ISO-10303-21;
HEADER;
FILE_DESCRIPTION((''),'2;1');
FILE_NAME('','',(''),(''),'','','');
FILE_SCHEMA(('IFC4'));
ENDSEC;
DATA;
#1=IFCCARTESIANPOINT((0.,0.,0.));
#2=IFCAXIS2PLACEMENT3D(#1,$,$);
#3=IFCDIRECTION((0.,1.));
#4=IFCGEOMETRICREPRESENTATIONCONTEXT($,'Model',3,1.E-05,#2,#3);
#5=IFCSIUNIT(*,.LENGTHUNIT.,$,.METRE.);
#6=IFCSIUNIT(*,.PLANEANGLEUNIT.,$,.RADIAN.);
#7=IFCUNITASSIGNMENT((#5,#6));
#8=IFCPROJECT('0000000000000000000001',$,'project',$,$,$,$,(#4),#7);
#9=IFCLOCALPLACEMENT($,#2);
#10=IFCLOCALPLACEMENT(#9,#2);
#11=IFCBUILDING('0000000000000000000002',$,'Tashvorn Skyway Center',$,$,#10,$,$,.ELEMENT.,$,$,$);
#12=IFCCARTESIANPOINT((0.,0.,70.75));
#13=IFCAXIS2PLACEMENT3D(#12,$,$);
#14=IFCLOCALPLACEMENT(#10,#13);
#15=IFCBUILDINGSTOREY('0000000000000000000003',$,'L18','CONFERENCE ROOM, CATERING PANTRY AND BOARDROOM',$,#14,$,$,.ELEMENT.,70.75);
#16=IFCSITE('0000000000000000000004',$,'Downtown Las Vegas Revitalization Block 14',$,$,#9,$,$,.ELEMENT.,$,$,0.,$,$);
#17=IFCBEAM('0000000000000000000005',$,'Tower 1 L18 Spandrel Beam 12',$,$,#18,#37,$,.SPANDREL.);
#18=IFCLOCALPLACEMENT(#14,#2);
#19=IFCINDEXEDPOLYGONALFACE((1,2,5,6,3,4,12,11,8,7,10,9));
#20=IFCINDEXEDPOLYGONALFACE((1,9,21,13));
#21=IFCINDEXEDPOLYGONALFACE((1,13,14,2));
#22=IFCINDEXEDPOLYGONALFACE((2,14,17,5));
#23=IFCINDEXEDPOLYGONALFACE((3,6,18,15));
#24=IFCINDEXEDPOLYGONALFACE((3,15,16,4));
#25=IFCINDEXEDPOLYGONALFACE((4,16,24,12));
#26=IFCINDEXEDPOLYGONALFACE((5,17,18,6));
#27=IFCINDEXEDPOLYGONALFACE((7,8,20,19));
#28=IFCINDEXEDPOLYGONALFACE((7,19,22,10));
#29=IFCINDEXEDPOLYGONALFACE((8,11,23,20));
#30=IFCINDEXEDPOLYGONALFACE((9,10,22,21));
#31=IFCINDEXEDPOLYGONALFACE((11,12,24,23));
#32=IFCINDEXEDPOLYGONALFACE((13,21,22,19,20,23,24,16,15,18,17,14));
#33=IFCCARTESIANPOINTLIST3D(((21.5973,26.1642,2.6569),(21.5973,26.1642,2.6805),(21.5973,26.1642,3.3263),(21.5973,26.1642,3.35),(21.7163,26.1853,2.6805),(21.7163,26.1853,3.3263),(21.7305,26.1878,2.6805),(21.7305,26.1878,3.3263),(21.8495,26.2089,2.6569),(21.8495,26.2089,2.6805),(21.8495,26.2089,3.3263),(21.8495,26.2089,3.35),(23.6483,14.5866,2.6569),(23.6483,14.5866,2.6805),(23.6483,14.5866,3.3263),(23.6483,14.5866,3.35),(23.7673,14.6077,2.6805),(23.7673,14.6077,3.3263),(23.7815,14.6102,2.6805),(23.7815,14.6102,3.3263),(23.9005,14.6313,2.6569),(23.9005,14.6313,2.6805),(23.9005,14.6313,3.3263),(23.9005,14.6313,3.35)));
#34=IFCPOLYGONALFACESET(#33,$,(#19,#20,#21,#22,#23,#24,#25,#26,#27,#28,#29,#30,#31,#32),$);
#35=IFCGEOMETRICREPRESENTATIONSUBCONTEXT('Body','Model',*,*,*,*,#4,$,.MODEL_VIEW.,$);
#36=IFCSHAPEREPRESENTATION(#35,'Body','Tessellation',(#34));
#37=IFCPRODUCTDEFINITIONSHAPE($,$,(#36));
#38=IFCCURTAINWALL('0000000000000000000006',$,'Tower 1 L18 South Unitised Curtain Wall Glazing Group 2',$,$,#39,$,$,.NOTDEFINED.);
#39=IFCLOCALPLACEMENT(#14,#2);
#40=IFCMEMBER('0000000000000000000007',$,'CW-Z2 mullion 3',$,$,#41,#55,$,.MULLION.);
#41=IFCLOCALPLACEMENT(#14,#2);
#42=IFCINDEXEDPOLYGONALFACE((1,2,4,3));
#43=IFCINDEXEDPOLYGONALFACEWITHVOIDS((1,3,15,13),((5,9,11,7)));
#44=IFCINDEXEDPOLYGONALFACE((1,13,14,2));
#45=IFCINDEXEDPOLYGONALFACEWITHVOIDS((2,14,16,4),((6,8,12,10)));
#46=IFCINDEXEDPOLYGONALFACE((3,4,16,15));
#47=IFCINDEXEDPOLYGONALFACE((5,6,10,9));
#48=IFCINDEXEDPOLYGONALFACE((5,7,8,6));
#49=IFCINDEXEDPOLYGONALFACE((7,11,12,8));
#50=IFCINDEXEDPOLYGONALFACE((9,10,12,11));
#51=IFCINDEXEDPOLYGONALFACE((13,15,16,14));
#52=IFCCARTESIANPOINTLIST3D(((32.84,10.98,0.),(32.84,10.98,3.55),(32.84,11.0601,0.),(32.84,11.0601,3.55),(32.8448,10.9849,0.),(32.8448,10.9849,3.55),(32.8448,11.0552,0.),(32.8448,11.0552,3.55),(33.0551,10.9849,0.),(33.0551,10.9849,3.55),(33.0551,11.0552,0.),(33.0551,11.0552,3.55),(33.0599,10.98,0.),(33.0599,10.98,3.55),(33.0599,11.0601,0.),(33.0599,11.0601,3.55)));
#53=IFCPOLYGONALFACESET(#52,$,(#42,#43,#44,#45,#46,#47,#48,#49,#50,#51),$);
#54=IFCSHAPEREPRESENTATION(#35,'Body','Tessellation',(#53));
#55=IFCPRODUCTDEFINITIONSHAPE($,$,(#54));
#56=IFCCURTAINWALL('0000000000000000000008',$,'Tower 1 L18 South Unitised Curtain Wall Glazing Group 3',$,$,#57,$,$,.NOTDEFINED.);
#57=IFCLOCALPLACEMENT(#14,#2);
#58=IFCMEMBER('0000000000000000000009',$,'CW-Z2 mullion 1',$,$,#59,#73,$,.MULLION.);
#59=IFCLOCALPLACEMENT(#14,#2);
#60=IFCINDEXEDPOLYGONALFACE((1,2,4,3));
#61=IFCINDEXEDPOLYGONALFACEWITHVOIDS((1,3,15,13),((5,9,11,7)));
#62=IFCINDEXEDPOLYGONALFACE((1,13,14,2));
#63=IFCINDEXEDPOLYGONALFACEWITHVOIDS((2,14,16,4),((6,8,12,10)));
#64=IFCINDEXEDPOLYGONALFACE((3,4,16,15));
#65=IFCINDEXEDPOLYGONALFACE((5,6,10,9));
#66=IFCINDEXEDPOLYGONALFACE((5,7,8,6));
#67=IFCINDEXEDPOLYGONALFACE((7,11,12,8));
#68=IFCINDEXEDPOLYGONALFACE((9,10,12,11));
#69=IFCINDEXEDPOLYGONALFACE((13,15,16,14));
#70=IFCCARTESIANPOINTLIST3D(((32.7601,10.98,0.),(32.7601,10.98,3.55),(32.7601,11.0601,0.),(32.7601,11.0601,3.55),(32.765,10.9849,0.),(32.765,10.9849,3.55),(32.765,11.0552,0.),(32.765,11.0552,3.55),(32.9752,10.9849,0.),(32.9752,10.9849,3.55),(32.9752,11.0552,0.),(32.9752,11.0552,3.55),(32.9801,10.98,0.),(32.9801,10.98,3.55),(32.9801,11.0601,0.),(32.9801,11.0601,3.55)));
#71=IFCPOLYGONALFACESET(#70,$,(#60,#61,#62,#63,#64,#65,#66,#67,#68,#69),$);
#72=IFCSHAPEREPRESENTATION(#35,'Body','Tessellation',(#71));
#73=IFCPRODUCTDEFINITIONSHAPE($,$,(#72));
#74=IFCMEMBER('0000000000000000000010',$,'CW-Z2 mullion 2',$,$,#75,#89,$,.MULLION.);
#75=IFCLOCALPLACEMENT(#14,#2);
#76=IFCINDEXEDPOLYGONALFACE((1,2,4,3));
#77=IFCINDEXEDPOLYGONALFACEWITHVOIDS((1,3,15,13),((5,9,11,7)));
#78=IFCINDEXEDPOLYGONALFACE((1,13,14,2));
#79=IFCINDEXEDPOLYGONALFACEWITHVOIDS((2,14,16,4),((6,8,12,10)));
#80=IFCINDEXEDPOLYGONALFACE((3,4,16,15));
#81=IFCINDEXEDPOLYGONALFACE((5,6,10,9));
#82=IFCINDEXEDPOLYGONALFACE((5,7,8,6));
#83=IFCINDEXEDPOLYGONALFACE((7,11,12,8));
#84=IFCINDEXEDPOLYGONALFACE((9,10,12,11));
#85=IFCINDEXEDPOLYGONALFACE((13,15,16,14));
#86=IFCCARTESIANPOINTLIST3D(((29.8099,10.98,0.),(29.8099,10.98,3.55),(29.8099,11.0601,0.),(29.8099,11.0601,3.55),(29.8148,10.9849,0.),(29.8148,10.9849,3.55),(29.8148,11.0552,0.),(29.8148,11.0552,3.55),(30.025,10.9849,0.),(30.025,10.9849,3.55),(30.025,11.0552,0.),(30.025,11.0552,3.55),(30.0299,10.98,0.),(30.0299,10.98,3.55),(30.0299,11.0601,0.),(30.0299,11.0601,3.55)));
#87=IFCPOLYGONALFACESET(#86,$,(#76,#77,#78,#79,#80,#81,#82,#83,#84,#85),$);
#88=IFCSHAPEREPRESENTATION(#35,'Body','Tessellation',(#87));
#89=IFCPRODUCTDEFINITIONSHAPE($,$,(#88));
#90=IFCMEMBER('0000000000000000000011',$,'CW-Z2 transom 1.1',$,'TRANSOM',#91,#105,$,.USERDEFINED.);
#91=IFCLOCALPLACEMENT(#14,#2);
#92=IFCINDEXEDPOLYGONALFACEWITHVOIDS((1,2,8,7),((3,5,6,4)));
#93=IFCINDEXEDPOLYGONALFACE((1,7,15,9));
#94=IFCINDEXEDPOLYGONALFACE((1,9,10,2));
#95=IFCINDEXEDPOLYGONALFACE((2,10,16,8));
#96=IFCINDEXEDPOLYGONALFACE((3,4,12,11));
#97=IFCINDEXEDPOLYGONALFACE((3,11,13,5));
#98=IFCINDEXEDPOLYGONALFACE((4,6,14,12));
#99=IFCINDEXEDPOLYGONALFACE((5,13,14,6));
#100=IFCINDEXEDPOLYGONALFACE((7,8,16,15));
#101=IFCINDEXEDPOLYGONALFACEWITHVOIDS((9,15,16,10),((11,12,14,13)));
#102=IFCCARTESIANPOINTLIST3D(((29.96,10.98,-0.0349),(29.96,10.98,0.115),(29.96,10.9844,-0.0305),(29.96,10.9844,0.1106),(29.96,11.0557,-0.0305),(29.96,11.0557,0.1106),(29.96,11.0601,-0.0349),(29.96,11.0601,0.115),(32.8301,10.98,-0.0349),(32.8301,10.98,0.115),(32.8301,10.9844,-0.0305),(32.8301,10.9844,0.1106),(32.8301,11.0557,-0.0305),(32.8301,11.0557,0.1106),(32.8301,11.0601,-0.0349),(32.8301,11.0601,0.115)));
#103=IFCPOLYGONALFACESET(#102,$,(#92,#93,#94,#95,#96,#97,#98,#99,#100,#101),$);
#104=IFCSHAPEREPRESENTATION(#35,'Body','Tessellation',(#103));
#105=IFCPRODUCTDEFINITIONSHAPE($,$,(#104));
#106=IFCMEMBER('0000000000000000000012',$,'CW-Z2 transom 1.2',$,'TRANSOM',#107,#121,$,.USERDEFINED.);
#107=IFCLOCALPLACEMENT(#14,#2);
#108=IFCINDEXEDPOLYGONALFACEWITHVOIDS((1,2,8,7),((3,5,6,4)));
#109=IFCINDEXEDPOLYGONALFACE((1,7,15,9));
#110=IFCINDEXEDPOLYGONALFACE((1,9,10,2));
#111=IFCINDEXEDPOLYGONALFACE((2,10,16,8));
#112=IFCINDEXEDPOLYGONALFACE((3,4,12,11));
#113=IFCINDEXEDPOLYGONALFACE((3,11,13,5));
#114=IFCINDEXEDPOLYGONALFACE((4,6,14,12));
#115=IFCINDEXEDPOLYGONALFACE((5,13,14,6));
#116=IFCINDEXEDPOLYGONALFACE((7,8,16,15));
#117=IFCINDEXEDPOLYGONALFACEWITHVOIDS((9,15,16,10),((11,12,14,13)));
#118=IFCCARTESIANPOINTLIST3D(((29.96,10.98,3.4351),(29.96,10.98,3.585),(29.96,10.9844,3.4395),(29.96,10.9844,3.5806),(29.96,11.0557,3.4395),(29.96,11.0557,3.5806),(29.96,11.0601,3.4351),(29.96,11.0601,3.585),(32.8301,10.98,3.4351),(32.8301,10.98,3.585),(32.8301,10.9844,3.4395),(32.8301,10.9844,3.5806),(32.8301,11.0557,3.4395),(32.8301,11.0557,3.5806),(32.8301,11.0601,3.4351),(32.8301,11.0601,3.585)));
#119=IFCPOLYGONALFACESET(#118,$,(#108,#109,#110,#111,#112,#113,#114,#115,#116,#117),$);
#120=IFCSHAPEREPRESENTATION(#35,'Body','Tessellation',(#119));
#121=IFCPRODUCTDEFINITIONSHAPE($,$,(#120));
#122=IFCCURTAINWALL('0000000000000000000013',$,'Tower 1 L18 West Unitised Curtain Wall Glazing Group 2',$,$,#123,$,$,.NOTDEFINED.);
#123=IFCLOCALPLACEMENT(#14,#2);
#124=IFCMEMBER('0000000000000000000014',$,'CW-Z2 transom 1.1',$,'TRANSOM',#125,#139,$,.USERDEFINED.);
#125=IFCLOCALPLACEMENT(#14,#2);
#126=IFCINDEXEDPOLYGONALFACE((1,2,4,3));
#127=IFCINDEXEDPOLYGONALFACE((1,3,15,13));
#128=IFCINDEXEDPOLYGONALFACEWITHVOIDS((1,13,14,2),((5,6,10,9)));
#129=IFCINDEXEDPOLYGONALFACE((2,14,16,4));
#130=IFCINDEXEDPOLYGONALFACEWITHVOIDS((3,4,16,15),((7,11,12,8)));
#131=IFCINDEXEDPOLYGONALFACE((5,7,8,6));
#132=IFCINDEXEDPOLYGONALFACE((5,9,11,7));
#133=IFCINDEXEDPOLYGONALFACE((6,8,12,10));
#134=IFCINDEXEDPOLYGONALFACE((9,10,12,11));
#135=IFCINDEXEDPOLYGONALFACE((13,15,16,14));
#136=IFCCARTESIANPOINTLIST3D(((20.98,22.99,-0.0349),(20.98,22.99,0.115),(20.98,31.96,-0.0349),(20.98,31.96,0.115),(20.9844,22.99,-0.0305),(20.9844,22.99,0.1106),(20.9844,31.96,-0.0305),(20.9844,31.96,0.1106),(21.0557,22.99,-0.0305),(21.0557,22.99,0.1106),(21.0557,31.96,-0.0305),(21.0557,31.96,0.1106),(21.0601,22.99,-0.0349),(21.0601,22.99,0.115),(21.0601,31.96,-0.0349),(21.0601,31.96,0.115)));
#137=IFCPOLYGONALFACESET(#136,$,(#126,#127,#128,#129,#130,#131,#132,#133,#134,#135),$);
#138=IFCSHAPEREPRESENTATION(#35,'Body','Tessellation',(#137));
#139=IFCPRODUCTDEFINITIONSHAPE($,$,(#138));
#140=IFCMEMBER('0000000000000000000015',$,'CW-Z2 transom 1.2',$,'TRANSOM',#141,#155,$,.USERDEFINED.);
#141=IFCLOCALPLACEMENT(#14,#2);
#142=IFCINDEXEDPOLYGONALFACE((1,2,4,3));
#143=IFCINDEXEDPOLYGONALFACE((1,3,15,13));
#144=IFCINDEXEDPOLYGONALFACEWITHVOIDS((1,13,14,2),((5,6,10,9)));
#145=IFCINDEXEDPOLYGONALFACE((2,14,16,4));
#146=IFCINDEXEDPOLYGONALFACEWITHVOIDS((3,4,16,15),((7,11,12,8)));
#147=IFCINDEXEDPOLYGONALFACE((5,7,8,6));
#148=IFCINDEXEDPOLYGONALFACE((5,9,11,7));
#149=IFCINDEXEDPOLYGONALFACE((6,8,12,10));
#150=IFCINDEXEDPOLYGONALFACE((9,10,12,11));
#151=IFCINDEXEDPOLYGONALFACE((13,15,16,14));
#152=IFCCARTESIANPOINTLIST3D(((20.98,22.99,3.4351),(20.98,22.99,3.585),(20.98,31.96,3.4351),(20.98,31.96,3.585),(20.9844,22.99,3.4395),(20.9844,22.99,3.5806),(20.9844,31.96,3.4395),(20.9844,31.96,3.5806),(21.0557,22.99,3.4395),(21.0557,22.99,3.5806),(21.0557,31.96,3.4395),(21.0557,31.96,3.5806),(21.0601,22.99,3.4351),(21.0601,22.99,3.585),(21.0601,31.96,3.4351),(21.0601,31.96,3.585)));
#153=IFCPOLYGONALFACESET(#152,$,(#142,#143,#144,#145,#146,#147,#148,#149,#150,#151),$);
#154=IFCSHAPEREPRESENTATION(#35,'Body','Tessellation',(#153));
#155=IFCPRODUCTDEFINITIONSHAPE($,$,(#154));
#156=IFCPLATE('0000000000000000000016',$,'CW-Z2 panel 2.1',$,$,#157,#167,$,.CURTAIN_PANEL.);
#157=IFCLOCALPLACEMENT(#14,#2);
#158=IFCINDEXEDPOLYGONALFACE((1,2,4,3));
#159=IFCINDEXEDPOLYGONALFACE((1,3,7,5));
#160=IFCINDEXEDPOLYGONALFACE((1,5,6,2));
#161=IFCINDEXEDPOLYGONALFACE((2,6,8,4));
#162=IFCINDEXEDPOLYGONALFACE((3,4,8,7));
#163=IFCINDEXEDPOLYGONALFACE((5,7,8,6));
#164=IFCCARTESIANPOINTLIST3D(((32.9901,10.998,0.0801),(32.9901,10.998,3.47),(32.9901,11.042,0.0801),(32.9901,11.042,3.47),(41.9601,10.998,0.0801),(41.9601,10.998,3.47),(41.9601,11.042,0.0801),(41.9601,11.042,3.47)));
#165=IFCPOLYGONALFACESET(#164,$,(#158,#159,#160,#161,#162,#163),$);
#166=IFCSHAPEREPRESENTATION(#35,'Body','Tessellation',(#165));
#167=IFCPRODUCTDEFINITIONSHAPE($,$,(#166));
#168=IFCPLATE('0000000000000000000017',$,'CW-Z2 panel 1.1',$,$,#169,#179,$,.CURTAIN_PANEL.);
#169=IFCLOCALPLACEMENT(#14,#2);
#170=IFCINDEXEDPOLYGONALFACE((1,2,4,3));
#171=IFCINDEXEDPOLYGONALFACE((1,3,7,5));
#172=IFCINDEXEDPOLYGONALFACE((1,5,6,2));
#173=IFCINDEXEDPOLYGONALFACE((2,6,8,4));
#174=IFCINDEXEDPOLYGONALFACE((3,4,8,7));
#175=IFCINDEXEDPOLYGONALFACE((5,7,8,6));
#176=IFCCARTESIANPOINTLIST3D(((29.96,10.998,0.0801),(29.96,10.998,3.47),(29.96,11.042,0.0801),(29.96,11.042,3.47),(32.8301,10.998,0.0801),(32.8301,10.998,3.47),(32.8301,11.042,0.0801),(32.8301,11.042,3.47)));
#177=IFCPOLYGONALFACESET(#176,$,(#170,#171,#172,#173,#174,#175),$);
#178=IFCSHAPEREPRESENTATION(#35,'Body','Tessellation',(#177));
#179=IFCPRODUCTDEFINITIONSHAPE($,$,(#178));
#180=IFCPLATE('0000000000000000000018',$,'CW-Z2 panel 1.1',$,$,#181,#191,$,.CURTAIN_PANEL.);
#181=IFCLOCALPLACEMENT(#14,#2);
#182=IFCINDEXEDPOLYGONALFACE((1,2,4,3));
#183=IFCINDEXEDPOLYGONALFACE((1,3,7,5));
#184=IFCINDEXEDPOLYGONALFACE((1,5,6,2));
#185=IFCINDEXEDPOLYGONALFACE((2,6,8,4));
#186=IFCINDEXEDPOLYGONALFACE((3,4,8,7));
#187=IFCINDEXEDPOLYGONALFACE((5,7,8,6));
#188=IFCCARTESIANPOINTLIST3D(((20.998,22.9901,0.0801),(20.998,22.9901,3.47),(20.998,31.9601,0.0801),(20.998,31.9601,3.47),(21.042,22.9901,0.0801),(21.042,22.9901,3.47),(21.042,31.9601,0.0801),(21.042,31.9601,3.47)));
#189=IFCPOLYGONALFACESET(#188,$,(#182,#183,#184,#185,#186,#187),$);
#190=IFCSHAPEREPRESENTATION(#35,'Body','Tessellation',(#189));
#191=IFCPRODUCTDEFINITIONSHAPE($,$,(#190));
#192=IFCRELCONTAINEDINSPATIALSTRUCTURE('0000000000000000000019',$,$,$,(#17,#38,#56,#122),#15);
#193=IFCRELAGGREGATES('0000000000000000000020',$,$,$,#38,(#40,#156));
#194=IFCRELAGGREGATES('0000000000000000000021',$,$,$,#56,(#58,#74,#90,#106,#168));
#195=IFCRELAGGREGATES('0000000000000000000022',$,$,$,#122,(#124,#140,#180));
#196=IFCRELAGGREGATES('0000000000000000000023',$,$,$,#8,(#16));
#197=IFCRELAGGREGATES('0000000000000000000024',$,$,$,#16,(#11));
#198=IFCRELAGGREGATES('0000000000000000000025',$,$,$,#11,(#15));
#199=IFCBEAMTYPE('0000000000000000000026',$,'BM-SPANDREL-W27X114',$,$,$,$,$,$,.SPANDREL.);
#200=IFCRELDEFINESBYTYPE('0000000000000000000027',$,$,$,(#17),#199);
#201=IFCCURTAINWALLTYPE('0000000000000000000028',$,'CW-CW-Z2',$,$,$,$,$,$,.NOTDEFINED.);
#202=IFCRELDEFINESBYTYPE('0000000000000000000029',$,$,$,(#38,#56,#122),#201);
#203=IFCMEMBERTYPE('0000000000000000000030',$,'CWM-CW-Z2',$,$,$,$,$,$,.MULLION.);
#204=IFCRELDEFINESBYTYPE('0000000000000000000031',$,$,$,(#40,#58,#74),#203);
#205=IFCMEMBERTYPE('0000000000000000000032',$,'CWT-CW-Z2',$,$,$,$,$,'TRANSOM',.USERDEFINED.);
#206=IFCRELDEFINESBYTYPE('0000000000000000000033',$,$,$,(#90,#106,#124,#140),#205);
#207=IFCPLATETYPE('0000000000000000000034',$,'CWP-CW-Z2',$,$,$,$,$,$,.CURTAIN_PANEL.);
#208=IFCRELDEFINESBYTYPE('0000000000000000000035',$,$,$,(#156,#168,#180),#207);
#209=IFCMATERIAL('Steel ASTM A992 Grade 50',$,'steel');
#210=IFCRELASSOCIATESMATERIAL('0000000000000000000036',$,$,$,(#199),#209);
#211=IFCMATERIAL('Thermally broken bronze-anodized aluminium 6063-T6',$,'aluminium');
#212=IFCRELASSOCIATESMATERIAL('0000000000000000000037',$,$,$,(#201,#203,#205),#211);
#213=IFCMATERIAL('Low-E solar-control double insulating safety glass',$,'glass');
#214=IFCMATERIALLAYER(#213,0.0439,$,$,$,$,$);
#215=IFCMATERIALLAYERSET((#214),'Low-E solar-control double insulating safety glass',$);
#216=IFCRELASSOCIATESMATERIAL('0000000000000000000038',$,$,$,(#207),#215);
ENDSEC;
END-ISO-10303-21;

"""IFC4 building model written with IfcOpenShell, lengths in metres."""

from ifc_helpers import new_model, si_unit, direction, frame, origin, origin_2d, place, context, subcontext, project, spatial, rectangle, hollow_rectangle, i_section, extrude, material, layer, layer_set, material_profile, profile_set, type_object, element, aggregate, save


model = new_model("IFC4")

# Units and contexts
model_context = context("Model", 3, precision=1e-05, world=origin(), true_north=direction((0.0, 1.0)))
body_context = subcontext(model_context, "Body", "Model", "MODEL_VIEW")
ifc_project = project(units=[si_unit("LENGTHUNIT", "METRE"), si_unit("PLANEANGLEUNIT", "RADIAN")], contexts=[model_context])

# Site, building, storey
site_placement = place(None, origin())
site = spatial("IfcSite", under=ifc_project, at=site_placement, Name="Downtown Las Vegas Revitalization Block 14", CompositionType="ELEMENT", RefElevation=0.0)
building_placement = place(site_placement, origin())
building = spatial("IfcBuilding", under=site, at=building_placement, Name="Tashvorn Skyway Center", CompositionType="ELEMENT")
storey_placement = place(building_placement, frame((0.0, 0.0, 70.75)))
storey = spatial("IfcBuildingStorey", under=building, at=storey_placement, Name="L18", Description="CONFERENCE ROOM, CATERING PANTRY AND BOARDROOM", CompositionType="ELEMENT", Elevation=70.75)

# Beam
ifc_material_1 = material(Name="Steel ASTM A992 Grade 50", Category="steel")
ifc_material_profile_1 = material_profile(ifc_material_1, i_section(OverallWidth=0.2561, OverallDepth=0.6931, WebThickness=0.0144, FlangeThickness=0.0237, at=origin_2d()), Name="W27X114")
ifc_profile_set_1 = profile_set([ifc_material_profile_1], Name="Steel ASTM A992 Grade 50")
beam_type_1 = type_object("IfcBeamType", Name="BM-SPANDREL-W27X114", PredefinedType="SPANDREL", material=ifc_profile_set_1)
beam_1_placement = place(storey_placement, frame((21.7234, 26.1865, 3.0034), z_axis=(0.174438, -0.984668, 0.0), x_axis=(0.984668, 0.174438, 0.0)))
element("IfcBeam", 1, at=beam_1_placement, inside=storey, type_object=beam_type_1, Name="Tower 1 L18 Spandrel Beam 12", PredefinedType="SPANDREL", context=body_context, shape_type="SweptSolid", body=[
    extrude(i_section(OverallWidth=0.2561, OverallDepth=0.6931, WebThickness=0.0144, FlangeThickness=0.0237, at=origin_2d()), origin(), (0.0, 0.0, 1.0), 11.7578),
])

# Curtain wall, member
ifc_material_2 = material(Name="Thermally broken bronze-anodized aluminium 6063-T6", Category="aluminium")
curtain_wall_type = type_object("IfcCurtainWallType", Name="CW-CW-Z2", PredefinedType="NOTDEFINED", material=ifc_material_2)
curtain_wall_1_placement = place(storey_placement, origin())
curtain_wall_1 = element("IfcCurtainWall", 2, at=curtain_wall_1_placement, inside=storey, type_object=curtain_wall_type, Name="Tower 1 L18 South Unitised Curtain Wall Glazing Group 2", PredefinedType="NOTDEFINED")
ifc_material_profile_2 = material_profile(ifc_material_2, hollow_rectangle(XDim=0.0801, YDim=0.22, WallThickness=0.0049, at=origin_2d()), Name="ALU-MULL-80x220")
ifc_profile_set_2 = profile_set([ifc_material_profile_2], Name="Thermally broken bronze-anodized aluminium 6063-T6")
member_type_1 = type_object("IfcMemberType", Name="CWM-CW-Z2", PredefinedType="MULLION", material=ifc_profile_set_2)
member_1_placement = place(storey_placement, frame((32.95, 11.02, 0.0), z_axis=(0.0, 0.0, 1.0), x_axis=(0.0, -1.0, 0.0)))
member_1 = element("IfcMember", 3, at=member_1_placement, type_object=member_type_1, Name="CW-Z2 mullion 3", PredefinedType="MULLION", context=body_context, shape_type="SweptSolid", body=[
    extrude(hollow_rectangle(XDim=0.0801, YDim=0.22, WallThickness=0.0049, at=origin_2d()), origin(), (0.0, 0.0, 1.0), 3.55),
])

# Curtain walls, members
curtain_wall_2_placement = place(storey_placement, origin())
curtain_wall_2 = element("IfcCurtainWall", 4, at=curtain_wall_2_placement, inside=storey, type_object=curtain_wall_type, Name="Tower 1 L18 South Unitised Curtain Wall Glazing Group 3", PredefinedType="NOTDEFINED")
member_2_placement = place(storey_placement, frame((32.8701, 11.02, 0.0), z_axis=(0.0, 0.0, 1.0), x_axis=(0.0, -1.0, 0.0)))
member_2 = element("IfcMember", 5, at=member_2_placement, type_object=member_type_1, Name="CW-Z2 mullion 1", PredefinedType="MULLION", context=body_context, shape_type="SweptSolid", body=[
    extrude(hollow_rectangle(XDim=0.0801, YDim=0.22, WallThickness=0.0049, at=origin_2d()), origin(), (0.0, 0.0, 1.0), 3.55),
])
member_3_placement = place(storey_placement, frame((29.9199, 11.02, 0.0), z_axis=(0.0, 0.0, 1.0), x_axis=(0.0, -1.0, 0.0)))
member_3 = element("IfcMember", 6, at=member_3_placement, type_object=member_type_1, Name="CW-Z2 mullion 2", PredefinedType="MULLION", context=body_context, shape_type="SweptSolid", body=[
    extrude(hollow_rectangle(XDim=0.0801, YDim=0.22, WallThickness=0.0049, at=origin_2d()), origin(), (0.0, 0.0, 1.0), 3.55),
])
ifc_material_profile_3 = material_profile(ifc_material_2, hollow_rectangle(XDim=0.0801, YDim=0.1499, WallThickness=0.0044, at=origin_2d()), Name="ALU-TRAN-80x150")
ifc_profile_set_3 = profile_set([ifc_material_profile_3], Name="Thermally broken bronze-anodized aluminium 6063-T6")
member_type_2 = type_object("IfcMemberType", Name="CWT-CW-Z2", ElementType="TRANSOM", PredefinedType="USERDEFINED", material=ifc_profile_set_3)
member_4_placement = place(storey_placement, frame((32.8301, 11.02, 0.04), z_axis=(-1.0, 0.0, 0.0), x_axis=(0.0, -1.0, 0.0)))
member_4 = element("IfcMember", 7, at=member_4_placement, type_object=member_type_2, Name="CW-Z2 transom 1.1", ObjectType="TRANSOM", PredefinedType="USERDEFINED", context=body_context, shape_type="SweptSolid", body=[
    extrude(hollow_rectangle(XDim=0.0801, YDim=0.1499, WallThickness=0.0044, at=origin_2d()), origin(), (0.0, 0.0, 1.0), 2.8701),
])
member_5_placement = place(storey_placement, frame((32.8301, 11.02, 3.51), z_axis=(-1.0, 0.0, 0.0), x_axis=(0.0, -1.0, 0.0)))
member_5 = element("IfcMember", 8, at=member_5_placement, type_object=member_type_2, Name="CW-Z2 transom 1.2", ObjectType="TRANSOM", PredefinedType="USERDEFINED", context=body_context, shape_type="SweptSolid", body=[
    extrude(hollow_rectangle(XDim=0.0801, YDim=0.1499, WallThickness=0.0044, at=origin_2d()), origin(), (0.0, 0.0, 1.0), 2.8701),
])
curtain_wall_3_placement = place(storey_placement, origin())
curtain_wall_3 = element("IfcCurtainWall", 9, at=curtain_wall_3_placement, inside=storey, type_object=curtain_wall_type, Name="Tower 1 L18 West Unitised Curtain Wall Glazing Group 2", PredefinedType="NOTDEFINED")
member_6_placement = place(storey_placement, frame((21.02, 22.99, 0.04), z_axis=(0.0, 1.0, 0.0), x_axis=(-1.0, 0.0, 0.0)))
member_6 = element("IfcMember", 10, at=member_6_placement, type_object=member_type_2, Name="CW-Z2 transom 1.1", ObjectType="TRANSOM", PredefinedType="USERDEFINED", context=body_context, shape_type="SweptSolid", body=[
    extrude(hollow_rectangle(XDim=0.0801, YDim=0.1499, WallThickness=0.0044, at=origin_2d()), origin(), (0.0, 0.0, 1.0), 8.97),
])
member_7_placement = place(storey_placement, frame((21.02, 22.99, 3.51), z_axis=(0.0, 1.0, 0.0), x_axis=(-1.0, 0.0, 0.0)))
member_7 = element("IfcMember", 11, at=member_7_placement, type_object=member_type_2, Name="CW-Z2 transom 1.2", ObjectType="TRANSOM", PredefinedType="USERDEFINED", context=body_context, shape_type="SweptSolid", body=[
    extrude(hollow_rectangle(XDim=0.0801, YDim=0.1499, WallThickness=0.0044, at=origin_2d()), origin(), (0.0, 0.0, 1.0), 8.97),
])

# Plates
ifc_material_3 = material(Name="Low-E solar-control double insulating safety glass", Category="glass")
ifc_layer_1 = layer(ifc_material_3, 0.0439)
ifc_layer_set_1 = layer_set([ifc_layer_1], Name="Low-E solar-control double insulating safety glass")
plate_type = type_object("IfcPlateType", Name="CWP-CW-Z2", PredefinedType="CURTAIN_PANEL", material=ifc_layer_set_1)
plate_1_placement = place(storey_placement, frame((37.4751, 11.02, 0.0801), z_axis=(0.0, 0.0, 1.0), x_axis=(-1.0, 0.0, 0.0)))
plate_1 = element("IfcPlate", 12, at=plate_1_placement, type_object=plate_type, Name="CW-Z2 panel 2.1", PredefinedType="CURTAIN_PANEL", context=body_context, shape_type="SweptSolid", body=[
    extrude(rectangle(XDim=8.97, YDim=0.0439, at=origin_2d()), origin(), (0.0, 0.0, 1.0), 3.3899),
])
aggregate(curtain_wall_1, [member_1, plate_1])
plate_2_placement = place(storey_placement, frame((31.395, 11.02, 0.0801), z_axis=(0.0, 0.0, 1.0), x_axis=(-1.0, 0.0, 0.0)))
plate_2 = element("IfcPlate", 13, at=plate_2_placement, type_object=plate_type, Name="CW-Z2 panel 1.1", PredefinedType="CURTAIN_PANEL", context=body_context, shape_type="SweptSolid", body=[
    extrude(rectangle(XDim=2.8701, YDim=0.0439, at=origin_2d()), origin(), (0.0, 0.0, 1.0), 3.3899),
])
aggregate(curtain_wall_2, [member_2, member_3, member_4, member_5, plate_2])
plate_3_placement = place(storey_placement, frame((21.02, 27.4751, 0.0801), z_axis=(0.0, 0.0, 1.0), x_axis=(0.0, 1.0, 0.0)))
plate_3 = element("IfcPlate", 14, at=plate_3_placement, type_object=plate_type, Name="CW-Z2 panel 1.1", PredefinedType="CURTAIN_PANEL", context=body_context, shape_type="SweptSolid", body=[
    extrude(rectangle(XDim=8.97, YDim=0.0439, at=origin_2d()), origin(), (0.0, 0.0, 1.0), 3.3899),
])
aggregate(curtain_wall_3, [member_6, member_7, plate_3])

save(model, "model.ifc")
